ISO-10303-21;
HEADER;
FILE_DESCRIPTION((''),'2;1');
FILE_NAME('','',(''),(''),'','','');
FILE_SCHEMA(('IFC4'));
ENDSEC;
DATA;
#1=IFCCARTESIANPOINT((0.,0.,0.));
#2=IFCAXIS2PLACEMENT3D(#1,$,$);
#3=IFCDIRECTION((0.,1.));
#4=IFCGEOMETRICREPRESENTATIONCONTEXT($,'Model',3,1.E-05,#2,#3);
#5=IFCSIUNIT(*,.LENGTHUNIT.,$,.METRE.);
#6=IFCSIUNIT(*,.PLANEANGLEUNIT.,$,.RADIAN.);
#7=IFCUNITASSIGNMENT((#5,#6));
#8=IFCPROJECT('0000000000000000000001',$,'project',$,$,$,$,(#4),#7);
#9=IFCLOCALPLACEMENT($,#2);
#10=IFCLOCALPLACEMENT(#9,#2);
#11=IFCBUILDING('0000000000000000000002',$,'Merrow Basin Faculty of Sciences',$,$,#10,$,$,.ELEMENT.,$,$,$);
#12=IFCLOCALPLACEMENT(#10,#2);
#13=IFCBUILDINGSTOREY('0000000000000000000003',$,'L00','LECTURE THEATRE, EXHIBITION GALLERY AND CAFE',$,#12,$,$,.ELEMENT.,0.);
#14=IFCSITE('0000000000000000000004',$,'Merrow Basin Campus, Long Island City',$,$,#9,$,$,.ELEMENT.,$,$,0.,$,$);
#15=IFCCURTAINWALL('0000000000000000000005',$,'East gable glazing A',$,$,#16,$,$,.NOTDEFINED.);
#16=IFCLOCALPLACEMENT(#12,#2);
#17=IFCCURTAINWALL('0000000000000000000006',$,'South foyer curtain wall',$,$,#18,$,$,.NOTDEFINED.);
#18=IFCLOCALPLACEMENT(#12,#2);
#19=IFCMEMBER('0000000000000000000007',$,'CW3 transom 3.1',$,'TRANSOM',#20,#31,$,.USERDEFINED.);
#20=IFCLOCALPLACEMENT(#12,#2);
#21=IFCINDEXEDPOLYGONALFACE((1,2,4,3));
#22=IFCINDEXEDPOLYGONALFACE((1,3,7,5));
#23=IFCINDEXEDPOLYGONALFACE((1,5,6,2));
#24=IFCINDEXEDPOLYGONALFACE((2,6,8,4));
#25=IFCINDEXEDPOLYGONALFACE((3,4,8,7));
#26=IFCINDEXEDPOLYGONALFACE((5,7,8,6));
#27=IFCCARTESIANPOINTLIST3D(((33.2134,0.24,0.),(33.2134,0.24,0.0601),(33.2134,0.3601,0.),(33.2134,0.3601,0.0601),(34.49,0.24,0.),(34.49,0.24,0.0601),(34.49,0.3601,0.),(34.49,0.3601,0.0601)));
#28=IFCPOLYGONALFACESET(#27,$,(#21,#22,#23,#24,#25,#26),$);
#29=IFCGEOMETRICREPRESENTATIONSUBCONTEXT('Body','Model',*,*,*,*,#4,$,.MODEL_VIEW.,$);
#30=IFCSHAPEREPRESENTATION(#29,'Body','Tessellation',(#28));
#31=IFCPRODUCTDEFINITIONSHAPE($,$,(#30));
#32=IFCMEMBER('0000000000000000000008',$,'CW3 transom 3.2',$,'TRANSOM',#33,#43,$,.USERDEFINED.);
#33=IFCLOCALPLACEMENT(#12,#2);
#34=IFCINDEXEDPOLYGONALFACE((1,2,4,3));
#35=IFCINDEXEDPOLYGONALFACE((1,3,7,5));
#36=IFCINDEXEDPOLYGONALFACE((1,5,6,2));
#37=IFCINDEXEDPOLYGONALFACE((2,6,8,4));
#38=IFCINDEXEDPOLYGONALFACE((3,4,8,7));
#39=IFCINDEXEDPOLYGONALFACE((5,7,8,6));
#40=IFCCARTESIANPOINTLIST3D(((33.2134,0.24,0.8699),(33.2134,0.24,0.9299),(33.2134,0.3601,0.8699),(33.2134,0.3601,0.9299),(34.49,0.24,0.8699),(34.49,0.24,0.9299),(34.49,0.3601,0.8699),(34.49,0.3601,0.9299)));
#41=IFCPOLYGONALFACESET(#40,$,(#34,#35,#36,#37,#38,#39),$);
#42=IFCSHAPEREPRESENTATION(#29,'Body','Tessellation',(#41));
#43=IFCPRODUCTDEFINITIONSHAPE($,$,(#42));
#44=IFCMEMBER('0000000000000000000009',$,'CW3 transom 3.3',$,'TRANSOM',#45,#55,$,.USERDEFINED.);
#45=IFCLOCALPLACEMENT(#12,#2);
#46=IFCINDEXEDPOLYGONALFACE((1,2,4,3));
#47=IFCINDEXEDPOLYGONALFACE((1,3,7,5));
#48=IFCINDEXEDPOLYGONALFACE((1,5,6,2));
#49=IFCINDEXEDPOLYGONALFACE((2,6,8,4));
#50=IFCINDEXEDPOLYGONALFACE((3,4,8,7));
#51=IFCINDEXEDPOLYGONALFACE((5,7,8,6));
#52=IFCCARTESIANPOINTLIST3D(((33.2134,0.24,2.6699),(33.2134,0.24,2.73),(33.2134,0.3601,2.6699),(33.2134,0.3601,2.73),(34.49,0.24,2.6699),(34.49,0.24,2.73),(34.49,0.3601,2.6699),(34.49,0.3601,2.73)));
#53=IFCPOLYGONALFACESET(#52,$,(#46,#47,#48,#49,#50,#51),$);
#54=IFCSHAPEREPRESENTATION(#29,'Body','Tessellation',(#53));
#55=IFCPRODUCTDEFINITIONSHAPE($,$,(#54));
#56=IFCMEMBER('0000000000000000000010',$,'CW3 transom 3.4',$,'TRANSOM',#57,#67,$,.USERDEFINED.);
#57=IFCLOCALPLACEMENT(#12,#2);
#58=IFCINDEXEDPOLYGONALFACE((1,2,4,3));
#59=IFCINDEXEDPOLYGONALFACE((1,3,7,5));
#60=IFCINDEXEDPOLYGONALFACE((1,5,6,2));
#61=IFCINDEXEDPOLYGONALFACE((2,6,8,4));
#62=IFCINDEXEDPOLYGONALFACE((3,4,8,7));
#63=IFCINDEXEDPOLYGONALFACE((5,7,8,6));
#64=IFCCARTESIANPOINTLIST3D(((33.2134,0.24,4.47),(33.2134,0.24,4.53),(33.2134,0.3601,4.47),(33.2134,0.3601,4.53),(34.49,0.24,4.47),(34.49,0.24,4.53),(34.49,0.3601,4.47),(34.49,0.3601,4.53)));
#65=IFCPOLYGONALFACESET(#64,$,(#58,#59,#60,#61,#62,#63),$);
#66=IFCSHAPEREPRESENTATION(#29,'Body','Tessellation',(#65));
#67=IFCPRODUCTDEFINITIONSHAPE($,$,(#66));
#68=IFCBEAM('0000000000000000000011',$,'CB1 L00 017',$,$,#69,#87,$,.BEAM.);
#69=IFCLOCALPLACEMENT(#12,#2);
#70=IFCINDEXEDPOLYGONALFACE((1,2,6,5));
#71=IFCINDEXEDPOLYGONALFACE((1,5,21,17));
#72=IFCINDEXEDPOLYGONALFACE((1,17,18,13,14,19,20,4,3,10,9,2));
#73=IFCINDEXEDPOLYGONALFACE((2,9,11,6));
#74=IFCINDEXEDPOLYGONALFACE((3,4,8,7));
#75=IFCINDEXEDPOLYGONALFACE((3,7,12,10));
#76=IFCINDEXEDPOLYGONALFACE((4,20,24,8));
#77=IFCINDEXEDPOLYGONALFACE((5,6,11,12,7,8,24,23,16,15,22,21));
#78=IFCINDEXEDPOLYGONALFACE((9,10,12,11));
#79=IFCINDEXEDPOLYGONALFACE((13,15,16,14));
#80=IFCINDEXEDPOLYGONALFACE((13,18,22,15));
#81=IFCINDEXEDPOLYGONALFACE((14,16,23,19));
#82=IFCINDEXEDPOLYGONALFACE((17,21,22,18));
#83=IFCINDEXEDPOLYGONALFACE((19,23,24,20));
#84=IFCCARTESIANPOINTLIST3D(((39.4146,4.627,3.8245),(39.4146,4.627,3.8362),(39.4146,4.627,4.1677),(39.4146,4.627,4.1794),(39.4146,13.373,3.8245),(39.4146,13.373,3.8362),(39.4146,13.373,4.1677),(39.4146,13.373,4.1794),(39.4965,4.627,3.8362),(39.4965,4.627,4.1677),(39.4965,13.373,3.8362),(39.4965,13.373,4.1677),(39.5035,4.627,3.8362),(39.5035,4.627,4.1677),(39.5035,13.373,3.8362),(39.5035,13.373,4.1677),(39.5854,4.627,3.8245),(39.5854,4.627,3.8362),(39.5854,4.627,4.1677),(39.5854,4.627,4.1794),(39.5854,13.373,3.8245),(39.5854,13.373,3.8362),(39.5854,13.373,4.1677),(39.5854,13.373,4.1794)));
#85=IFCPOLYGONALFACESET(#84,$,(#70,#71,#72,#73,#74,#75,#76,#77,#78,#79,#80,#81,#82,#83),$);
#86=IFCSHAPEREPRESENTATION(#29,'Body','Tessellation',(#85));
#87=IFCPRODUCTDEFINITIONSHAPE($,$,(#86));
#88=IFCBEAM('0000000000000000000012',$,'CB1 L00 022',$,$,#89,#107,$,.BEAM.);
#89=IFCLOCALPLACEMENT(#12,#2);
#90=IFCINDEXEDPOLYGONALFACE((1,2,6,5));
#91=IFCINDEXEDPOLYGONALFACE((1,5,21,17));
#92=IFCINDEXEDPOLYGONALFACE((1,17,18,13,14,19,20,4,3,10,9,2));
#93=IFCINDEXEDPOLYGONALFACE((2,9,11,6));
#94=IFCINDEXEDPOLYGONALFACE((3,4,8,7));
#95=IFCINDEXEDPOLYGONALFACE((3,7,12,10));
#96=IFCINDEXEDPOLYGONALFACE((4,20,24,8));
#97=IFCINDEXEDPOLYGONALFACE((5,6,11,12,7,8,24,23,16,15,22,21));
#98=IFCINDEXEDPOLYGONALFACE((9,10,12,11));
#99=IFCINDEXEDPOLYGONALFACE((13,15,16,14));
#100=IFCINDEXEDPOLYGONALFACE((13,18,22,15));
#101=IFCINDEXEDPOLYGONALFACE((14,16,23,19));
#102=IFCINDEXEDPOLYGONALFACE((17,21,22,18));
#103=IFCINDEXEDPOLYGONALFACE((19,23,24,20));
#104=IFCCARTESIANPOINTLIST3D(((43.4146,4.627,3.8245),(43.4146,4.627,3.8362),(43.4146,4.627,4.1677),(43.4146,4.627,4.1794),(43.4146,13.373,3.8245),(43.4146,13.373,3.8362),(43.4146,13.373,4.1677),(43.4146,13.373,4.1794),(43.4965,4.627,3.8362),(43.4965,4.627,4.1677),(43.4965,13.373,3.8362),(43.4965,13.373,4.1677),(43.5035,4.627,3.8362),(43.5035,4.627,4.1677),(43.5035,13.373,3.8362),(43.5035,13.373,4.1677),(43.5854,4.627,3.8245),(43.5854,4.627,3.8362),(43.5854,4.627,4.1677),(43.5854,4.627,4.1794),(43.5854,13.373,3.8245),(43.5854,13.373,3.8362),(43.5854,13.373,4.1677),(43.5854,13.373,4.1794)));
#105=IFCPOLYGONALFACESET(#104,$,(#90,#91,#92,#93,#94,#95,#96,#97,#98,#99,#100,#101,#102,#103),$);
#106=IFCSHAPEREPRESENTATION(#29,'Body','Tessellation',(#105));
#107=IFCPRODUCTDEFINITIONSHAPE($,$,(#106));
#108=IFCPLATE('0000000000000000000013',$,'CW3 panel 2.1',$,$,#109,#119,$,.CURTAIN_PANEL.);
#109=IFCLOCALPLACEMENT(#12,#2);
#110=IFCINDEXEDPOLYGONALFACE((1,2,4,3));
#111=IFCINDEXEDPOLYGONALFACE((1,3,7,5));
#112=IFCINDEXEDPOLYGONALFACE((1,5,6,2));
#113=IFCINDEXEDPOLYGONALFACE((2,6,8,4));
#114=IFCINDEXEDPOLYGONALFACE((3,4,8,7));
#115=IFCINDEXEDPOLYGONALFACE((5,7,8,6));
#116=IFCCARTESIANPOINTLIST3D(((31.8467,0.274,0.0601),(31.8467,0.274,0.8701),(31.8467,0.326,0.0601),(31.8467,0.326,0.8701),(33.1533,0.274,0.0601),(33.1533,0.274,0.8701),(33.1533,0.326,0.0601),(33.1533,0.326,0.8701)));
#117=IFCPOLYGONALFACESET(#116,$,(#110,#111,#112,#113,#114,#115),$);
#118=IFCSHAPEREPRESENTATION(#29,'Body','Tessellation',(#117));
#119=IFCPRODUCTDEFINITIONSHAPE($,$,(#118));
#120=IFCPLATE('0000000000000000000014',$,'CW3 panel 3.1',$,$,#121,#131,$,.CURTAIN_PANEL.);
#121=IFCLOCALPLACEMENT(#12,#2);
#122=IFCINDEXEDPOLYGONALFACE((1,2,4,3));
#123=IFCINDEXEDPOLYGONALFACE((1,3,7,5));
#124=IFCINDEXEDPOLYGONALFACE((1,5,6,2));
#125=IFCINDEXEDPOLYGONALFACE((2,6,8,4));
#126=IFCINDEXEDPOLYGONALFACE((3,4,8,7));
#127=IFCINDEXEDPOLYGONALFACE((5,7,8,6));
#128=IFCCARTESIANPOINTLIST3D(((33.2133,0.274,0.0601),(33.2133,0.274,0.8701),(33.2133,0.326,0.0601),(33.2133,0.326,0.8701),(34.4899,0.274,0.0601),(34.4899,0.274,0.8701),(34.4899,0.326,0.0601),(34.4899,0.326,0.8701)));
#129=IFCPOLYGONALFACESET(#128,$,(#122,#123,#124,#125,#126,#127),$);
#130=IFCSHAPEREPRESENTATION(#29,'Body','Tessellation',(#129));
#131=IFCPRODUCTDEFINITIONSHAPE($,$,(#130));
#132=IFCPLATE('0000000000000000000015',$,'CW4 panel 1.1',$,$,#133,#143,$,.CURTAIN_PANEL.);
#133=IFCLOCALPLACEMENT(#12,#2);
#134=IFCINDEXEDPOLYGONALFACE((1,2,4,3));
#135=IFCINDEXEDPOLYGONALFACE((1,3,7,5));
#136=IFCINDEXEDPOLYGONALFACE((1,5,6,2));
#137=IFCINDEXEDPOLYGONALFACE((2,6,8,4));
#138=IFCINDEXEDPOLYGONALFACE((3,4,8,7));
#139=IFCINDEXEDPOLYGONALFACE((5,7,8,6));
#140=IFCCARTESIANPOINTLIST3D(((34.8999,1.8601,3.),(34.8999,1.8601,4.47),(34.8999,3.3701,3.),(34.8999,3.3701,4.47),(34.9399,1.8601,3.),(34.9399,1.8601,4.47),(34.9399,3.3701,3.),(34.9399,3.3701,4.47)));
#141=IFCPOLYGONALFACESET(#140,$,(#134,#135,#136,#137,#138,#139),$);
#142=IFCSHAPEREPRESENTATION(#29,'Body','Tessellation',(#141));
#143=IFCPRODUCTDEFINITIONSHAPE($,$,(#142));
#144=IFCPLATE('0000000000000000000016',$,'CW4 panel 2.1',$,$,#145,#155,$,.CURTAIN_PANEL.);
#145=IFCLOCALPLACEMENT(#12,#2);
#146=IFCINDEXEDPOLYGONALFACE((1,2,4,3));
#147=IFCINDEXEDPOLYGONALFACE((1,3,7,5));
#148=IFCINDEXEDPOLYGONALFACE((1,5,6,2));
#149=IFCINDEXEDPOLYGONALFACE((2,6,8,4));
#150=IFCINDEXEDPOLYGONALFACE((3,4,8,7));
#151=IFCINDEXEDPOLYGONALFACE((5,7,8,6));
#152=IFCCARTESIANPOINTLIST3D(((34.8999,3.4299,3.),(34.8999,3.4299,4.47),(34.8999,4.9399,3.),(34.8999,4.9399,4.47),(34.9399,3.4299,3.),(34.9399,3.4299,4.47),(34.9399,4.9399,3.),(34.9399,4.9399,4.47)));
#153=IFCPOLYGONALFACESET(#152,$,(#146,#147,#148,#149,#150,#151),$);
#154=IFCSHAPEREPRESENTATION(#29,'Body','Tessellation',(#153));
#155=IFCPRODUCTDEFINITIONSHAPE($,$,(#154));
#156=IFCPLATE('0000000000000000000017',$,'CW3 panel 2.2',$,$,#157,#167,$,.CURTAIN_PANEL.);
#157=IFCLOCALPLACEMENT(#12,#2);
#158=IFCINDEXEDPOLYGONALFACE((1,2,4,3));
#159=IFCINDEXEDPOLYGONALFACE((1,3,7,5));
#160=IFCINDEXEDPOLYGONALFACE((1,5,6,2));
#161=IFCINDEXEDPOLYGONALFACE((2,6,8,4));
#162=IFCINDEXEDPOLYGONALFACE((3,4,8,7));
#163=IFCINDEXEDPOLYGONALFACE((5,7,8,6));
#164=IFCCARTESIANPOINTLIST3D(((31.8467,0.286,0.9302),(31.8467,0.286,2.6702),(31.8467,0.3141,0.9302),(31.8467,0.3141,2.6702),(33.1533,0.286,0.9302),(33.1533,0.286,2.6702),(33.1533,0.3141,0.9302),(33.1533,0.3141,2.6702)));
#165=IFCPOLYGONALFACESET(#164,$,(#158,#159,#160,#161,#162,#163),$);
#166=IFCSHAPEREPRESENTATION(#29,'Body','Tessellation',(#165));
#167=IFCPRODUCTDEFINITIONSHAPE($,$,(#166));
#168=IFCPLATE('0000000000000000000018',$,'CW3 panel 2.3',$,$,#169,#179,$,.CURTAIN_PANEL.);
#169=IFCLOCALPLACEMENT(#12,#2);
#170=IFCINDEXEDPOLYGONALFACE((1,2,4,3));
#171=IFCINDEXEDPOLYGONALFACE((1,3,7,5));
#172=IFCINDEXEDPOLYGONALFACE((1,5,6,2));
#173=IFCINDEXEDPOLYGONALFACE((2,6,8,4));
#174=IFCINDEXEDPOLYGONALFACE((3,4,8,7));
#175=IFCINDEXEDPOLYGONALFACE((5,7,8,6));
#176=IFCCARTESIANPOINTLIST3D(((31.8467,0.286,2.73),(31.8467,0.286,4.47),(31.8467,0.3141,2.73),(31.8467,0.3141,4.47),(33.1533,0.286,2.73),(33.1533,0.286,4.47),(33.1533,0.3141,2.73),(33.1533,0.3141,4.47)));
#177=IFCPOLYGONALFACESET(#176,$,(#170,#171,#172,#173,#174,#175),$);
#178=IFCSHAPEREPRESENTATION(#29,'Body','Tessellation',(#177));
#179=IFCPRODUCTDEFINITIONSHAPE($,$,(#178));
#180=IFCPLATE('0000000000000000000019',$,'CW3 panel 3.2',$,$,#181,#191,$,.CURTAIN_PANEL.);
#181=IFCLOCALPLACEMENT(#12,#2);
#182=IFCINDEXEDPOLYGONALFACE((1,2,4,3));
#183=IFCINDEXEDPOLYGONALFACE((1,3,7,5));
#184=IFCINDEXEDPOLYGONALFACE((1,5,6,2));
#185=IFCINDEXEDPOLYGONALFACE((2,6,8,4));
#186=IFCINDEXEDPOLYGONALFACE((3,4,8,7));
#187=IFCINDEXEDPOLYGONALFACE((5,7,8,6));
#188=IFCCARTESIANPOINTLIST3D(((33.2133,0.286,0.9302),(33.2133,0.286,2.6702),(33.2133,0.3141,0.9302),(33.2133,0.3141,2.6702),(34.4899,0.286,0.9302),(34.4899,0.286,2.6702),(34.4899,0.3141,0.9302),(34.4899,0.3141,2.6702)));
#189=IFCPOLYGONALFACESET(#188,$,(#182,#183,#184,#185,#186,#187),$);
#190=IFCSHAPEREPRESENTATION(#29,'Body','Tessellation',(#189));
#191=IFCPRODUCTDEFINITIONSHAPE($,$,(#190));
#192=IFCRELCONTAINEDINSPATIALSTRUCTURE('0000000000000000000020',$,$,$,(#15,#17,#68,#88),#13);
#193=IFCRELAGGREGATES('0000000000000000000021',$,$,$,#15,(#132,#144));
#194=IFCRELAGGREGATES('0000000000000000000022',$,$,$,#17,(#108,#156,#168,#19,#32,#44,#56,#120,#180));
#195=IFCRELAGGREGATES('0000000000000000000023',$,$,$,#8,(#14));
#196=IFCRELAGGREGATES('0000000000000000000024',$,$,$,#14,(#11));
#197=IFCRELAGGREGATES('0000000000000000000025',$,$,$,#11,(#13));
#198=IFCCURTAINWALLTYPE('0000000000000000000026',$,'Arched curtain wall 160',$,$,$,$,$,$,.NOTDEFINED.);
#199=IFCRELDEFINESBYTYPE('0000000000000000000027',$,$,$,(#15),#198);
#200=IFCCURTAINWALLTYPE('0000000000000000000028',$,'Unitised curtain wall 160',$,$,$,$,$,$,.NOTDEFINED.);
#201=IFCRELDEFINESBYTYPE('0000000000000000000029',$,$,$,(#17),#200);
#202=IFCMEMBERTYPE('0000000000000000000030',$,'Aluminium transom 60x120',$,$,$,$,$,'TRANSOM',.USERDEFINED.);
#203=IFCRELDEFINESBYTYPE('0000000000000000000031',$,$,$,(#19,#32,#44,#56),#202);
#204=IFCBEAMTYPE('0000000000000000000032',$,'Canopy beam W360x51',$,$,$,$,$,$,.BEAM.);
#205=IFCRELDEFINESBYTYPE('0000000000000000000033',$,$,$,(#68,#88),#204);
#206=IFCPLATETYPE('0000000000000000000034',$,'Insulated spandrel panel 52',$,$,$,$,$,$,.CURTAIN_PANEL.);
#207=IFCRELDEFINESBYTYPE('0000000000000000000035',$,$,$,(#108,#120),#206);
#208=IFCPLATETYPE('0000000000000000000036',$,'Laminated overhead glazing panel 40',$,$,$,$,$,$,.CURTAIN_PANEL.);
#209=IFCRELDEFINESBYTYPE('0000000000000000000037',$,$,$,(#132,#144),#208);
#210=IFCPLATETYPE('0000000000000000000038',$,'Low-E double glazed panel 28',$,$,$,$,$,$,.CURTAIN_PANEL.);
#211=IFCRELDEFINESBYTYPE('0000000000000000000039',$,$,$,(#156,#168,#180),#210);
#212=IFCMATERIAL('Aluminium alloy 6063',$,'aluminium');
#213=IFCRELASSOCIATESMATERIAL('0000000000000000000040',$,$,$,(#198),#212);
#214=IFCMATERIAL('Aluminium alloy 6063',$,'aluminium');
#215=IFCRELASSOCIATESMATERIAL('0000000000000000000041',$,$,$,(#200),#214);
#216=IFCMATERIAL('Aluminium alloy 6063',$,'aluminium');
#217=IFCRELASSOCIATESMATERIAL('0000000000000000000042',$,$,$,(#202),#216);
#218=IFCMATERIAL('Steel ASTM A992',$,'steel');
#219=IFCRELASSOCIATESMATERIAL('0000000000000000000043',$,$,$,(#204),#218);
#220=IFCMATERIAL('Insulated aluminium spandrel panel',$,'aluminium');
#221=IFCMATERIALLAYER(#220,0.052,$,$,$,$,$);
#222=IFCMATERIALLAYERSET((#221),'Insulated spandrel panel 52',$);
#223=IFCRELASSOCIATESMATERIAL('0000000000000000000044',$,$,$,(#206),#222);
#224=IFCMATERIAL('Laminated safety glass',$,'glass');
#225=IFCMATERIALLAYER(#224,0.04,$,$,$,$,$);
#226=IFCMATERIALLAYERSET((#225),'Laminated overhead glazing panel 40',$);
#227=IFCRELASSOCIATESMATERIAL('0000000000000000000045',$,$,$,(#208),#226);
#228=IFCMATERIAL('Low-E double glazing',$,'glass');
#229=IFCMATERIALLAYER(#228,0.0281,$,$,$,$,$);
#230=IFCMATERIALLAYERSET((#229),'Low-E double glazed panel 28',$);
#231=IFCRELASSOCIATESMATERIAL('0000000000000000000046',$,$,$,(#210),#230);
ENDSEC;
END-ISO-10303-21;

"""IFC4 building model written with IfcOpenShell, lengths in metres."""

from ifc_helpers import new_model, si_unit, direction, frame, origin, origin_2d, place, context, subcontext, project, spatial, polyline, rectangle, i_section, outline, extrude, material, layer, layer_set, material_profile, profile_set, type_object, element, aggregate, save


model = new_model("IFC4")

# Units and contexts
model_context = context("Model", 3, precision=1e-05, world=origin(), true_north=direction((0.0, 1.0)))
body_context = subcontext(model_context, "Body", "Model", "MODEL_VIEW")
ifc_project = project(units=[si_unit("LENGTHUNIT", "METRE"), si_unit("PLANEANGLEUNIT", "RADIAN")], contexts=[model_context])

# Site, building, storey
site_placement = place(None, origin())
site = spatial("IfcSite", under=ifc_project, at=site_placement, Name="Merrow Basin Campus, Long Island City", CompositionType="ELEMENT", RefElevation=0.0)
building_placement = place(site_placement, origin())
building = spatial("IfcBuilding", under=site, at=building_placement, Name="Merrow Basin Faculty of Sciences", CompositionType="ELEMENT")
storey_placement = place(building_placement, origin())
storey = spatial("IfcBuildingStorey", under=building, at=storey_placement, Name="L00", Description="LECTURE THEATRE, EXHIBITION GALLERY AND CAFE", CompositionType="ELEMENT", Elevation=0.0)

# Curtain walls, members
ifc_material_1 = material(Name="Aluminium alloy 6063", Category="aluminium")
curtain_wall_type_1 = type_object("IfcCurtainWallType", Name="Arched curtain wall 160", PredefinedType="NOTDEFINED", material=ifc_material_1)
curtain_wall_1_placement = place(storey_placement, origin())
curtain_wall_1 = element("IfcCurtainWall", 1, at=curtain_wall_1_placement, inside=storey, type_object=curtain_wall_type_1, Name="East gable glazing A", PredefinedType="NOTDEFINED")
ifc_material_2 = material(Name="Aluminium alloy 6063", Category="aluminium")
curtain_wall_type_2 = type_object("IfcCurtainWallType", Name="Unitised curtain wall 160", PredefinedType="NOTDEFINED", material=ifc_material_2)
curtain_wall_2_placement = place(storey_placement, origin())
curtain_wall_2 = element("IfcCurtainWall", 2, at=curtain_wall_2_placement, inside=storey, type_object=curtain_wall_type_2, Name="South foyer curtain wall", PredefinedType="NOTDEFINED")
ifc_material_3 = material(Name="Aluminium alloy 6063", Category="aluminium")
ifc_material_profile_1 = material_profile(ifc_material_3, rectangle(XDim=0.1201, YDim=0.0601, at=origin_2d()))
ifc_profile_set_1 = profile_set([ifc_material_profile_1], Name="Aluminium alloy 6063")
member_type_1 = type_object("IfcMemberType", Name="Aluminium transom 60x120", ElementType="TRANSOM", PredefinedType="USERDEFINED", material=ifc_profile_set_1)
member_1_placement = place(storey_placement, frame((33.2134, 0.3, 0.03), z_axis=(1.0, 0.0, 0.0), x_axis=(0.0, 1.0, 0.0)))
member_1 = element("IfcMember", 3, at=member_1_placement, type_object=member_type_1, Name="CW3 transom 3.1", ObjectType="TRANSOM", PredefinedType="USERDEFINED", context=body_context, shape_type="SweptSolid", body=[
    extrude(rectangle(XDim=0.1201, YDim=0.0601, at=origin_2d()), origin(), (0.0, 0.0, 1.0), 1.2766),
])
member_2_placement = place(storey_placement, frame((33.2134, 0.3, 0.8999), z_axis=(1.0, 0.0, 0.0), x_axis=(0.0, 1.0, 0.0)))
member_2 = element("IfcMember", 4, at=member_2_placement, type_object=member_type_1, Name="CW3 transom 3.2", ObjectType="TRANSOM", PredefinedType="USERDEFINED", context=body_context, shape_type="SweptSolid", body=[
    extrude(rectangle(XDim=0.1201, YDim=0.0601, at=origin_2d()), origin(), (0.0, 0.0, 1.0), 1.2766),
])
member_3_placement = place(storey_placement, frame((33.2134, 0.3, 2.7), z_axis=(1.0, 0.0, 0.0), x_axis=(0.0, 1.0, 0.0)))
member_3 = element("IfcMember", 5, at=member_3_placement, type_object=member_type_1, Name="CW3 transom 3.3", ObjectType="TRANSOM", PredefinedType="USERDEFINED", context=body_context, shape_type="SweptSolid", body=[
    extrude(rectangle(XDim=0.1201, YDim=0.0601, at=origin_2d()), origin(), (0.0, 0.0, 1.0), 1.2766),
])
member_4_placement = place(storey_placement, frame((33.2134, 0.3, 4.5), z_axis=(1.0, 0.0, 0.0), x_axis=(0.0, 1.0, 0.0)))
member_4 = element("IfcMember", 6, at=member_4_placement, type_object=member_type_1, Name="CW3 transom 3.4", ObjectType="TRANSOM", PredefinedType="USERDEFINED", context=body_context, shape_type="SweptSolid", body=[
    extrude(rectangle(XDim=0.1201, YDim=0.0601, at=origin_2d()), origin(), (0.0, 0.0, 1.0), 1.2766),
])

# Beams
ifc_material_4 = material(Name="Steel ASTM A992", Category="steel")
ifc_material_profile_2 = material_profile(ifc_material_4, i_section(OverallWidth=0.1709, OverallDepth=0.355, WebThickness=0.0071, FlangeThickness=0.0117, at=origin_2d()))
ifc_profile_set_2 = profile_set([ifc_material_profile_2], Name="Steel ASTM A992")
beam_type = type_object("IfcBeamType", Name="Canopy beam W360x51", PredefinedType="BEAM", material=ifc_profile_set_2)
for number, where, z_axis, x_axis, name in (
    (7, (39.5, 4.627, 4.002), (0.0, 1.0, 0.0), (-1.0, 0.0, 0.0), "CB1 L00 017"),
    (8, (43.5, 4.627, 4.002), (0.0, 1.0, 0.0), (-1.0, 0.0, 0.0), "CB1 L00 022"),
):
    element("IfcBeam", number, at=place(storey_placement, frame(where, z_axis=z_axis, x_axis=x_axis)), inside=storey, type_object=beam_type, Name=name, PredefinedType="BEAM", context=body_context, shape_type="SweptSolid", body=[
        extrude(i_section(OverallWidth=0.1709, OverallDepth=0.355, WebThickness=0.0071, FlangeThickness=0.0117, at=origin_2d()), origin(), (0.0, 0.0, 1.0), 8.7461),
    ])

# Plates
ifc_material_5 = material(Name="Insulated aluminium spandrel panel", Category="aluminium")
ifc_layer_1 = layer(ifc_material_5, 0.052)
ifc_layer_set_1 = layer_set([ifc_layer_1], Name="Insulated spandrel panel 52")
plate_type_1 = type_object("IfcPlateType", Name="Insulated spandrel panel 52", PredefinedType="CURTAIN_PANEL", material=ifc_layer_set_1)
plate_1_placement = place(storey_placement, frame((32.5, 0.3, 0.0601), z_axis=(0.0, 0.0, 1.0), x_axis=(1.0, 0.0, 0.0)))
plate_1 = element("IfcPlate", 9, at=plate_1_placement, type_object=plate_type_1, Name="CW3 panel 2.1", PredefinedType="CURTAIN_PANEL", context=body_context, shape_type="SweptSolid", body=[
    extrude(rectangle(XDim=1.3066, YDim=0.052, at=origin_2d()), origin(), (0.0, 0.0, 1.0), 0.8101),
])
plate_2_placement = place(storey_placement, frame((33.8516, 0.3, 0.0601), z_axis=(0.0, 0.0, 1.0), x_axis=(1.0, 0.0, 0.0)))
plate_2 = element("IfcPlate", 10, at=plate_2_placement, type_object=plate_type_1, Name="CW3 panel 3.1", PredefinedType="CURTAIN_PANEL", context=body_context, shape_type="SweptSolid", body=[
    extrude(rectangle(XDim=1.2766, YDim=0.052, at=origin_2d()), origin(), (0.0, 0.0, 1.0), 0.8101),
])
ifc_material_6 = material(Name="Laminated safety glass", Category="glass")
ifc_layer_2 = layer(ifc_material_6, 0.04)
ifc_layer_set_2 = layer_set([ifc_layer_2], Name="Laminated overhead glazing panel 40")
plate_type_2 = type_object("IfcPlateType", Name="Laminated overhead glazing panel 40", PredefinedType="CURTAIN_PANEL", material=ifc_layer_set_2)
plate_3_placement = place(storey_placement, frame((34.8999, 1.8601, 3.0), z_axis=(1.0, 0.0, 0.0), x_axis=(0.0, 1.0, 0.0)))
plate_3 = element("IfcPlate", 11, at=plate_3_placement, type_object=plate_type_2, Name="CW4 panel 1.1", PredefinedType="CURTAIN_PANEL", context=body_context, shape_type="SweptSolid", body=[
    extrude(outline(polyline([(0.0, 0.0), (1.51, 0.0), (1.51, 1.47), (0.0, 1.47), (0.0, 0.0)])), origin(), (0.0, 0.0, 1.0), 0.04),
])
plate_4_placement = place(storey_placement, frame((34.8999, 3.4299, 3.0), z_axis=(1.0, 0.0, 0.0), x_axis=(0.0, 1.0, 0.0)))
plate_4 = element("IfcPlate", 12, at=plate_4_placement, type_object=plate_type_2, Name="CW4 panel 2.1", PredefinedType="CURTAIN_PANEL", context=body_context, shape_type="SweptSolid", body=[
    extrude(outline(polyline([(0.0, 0.0), (1.51, 0.0), (1.51, 1.47), (0.0, 1.47), (0.0, 0.0)])), origin(), (0.0, 0.0, 1.0), 0.04),
])
aggregate(curtain_wall_1, [plate_3, plate_4])
ifc_material_7 = material(Name="Low-E double glazing", Category="glass")
ifc_layer_3 = layer(ifc_material_7, 0.0281)
ifc_layer_set_3 = layer_set([ifc_layer_3], Name="Low-E double glazed panel 28")
plate_type_3 = type_object("IfcPlateType", Name="Low-E double glazed panel 28", PredefinedType="CURTAIN_PANEL", material=ifc_layer_set_3)
plate_5_placement = place(storey_placement, frame((32.5, 0.3, 0.9302), z_axis=(0.0, 0.0, 1.0), x_axis=(1.0, 0.0, 0.0)))
plate_5 = element("IfcPlate", 13, at=plate_5_placement, type_object=plate_type_3, Name="CW3 panel 2.2", PredefinedType="CURTAIN_PANEL", context=body_context, shape_type="SweptSolid", body=[
    extrude(rectangle(XDim=1.3066, YDim=0.0281, at=origin_2d()), origin(), (0.0, 0.0, 1.0), 1.74),
])
plate_6_placement = place(storey_placement, frame((32.5, 0.3, 2.73), z_axis=(0.0, 0.0, 1.0), x_axis=(1.0, 0.0, 0.0)))
plate_6 = element("IfcPlate", 14, at=plate_6_placement, type_object=plate_type_3, Name="CW3 panel 2.3", PredefinedType="CURTAIN_PANEL", context=body_context, shape_type="SweptSolid", body=[
    extrude(rectangle(XDim=1.3066, YDim=0.0281, at=origin_2d()), origin(), (0.0, 0.0, 1.0), 1.74),
])
plate_7_placement = place(storey_placement, frame((33.8516, 0.3, 0.9302), z_axis=(0.0, 0.0, 1.0), x_axis=(1.0, 0.0, 0.0)))
plate_7 = element("IfcPlate", 15, at=plate_7_placement, type_object=plate_type_3, Name="CW3 panel 3.2", PredefinedType="CURTAIN_PANEL", context=body_context, shape_type="SweptSolid", body=[
    extrude(rectangle(XDim=1.2766, YDim=0.0281, at=origin_2d()), origin(), (0.0, 0.0, 1.0), 1.74),
])
aggregate(curtain_wall_2, [plate_1, plate_5, plate_6, member_1, member_2, member_3, member_4, plate_2, plate_7])

save(model, "model.ifc")
